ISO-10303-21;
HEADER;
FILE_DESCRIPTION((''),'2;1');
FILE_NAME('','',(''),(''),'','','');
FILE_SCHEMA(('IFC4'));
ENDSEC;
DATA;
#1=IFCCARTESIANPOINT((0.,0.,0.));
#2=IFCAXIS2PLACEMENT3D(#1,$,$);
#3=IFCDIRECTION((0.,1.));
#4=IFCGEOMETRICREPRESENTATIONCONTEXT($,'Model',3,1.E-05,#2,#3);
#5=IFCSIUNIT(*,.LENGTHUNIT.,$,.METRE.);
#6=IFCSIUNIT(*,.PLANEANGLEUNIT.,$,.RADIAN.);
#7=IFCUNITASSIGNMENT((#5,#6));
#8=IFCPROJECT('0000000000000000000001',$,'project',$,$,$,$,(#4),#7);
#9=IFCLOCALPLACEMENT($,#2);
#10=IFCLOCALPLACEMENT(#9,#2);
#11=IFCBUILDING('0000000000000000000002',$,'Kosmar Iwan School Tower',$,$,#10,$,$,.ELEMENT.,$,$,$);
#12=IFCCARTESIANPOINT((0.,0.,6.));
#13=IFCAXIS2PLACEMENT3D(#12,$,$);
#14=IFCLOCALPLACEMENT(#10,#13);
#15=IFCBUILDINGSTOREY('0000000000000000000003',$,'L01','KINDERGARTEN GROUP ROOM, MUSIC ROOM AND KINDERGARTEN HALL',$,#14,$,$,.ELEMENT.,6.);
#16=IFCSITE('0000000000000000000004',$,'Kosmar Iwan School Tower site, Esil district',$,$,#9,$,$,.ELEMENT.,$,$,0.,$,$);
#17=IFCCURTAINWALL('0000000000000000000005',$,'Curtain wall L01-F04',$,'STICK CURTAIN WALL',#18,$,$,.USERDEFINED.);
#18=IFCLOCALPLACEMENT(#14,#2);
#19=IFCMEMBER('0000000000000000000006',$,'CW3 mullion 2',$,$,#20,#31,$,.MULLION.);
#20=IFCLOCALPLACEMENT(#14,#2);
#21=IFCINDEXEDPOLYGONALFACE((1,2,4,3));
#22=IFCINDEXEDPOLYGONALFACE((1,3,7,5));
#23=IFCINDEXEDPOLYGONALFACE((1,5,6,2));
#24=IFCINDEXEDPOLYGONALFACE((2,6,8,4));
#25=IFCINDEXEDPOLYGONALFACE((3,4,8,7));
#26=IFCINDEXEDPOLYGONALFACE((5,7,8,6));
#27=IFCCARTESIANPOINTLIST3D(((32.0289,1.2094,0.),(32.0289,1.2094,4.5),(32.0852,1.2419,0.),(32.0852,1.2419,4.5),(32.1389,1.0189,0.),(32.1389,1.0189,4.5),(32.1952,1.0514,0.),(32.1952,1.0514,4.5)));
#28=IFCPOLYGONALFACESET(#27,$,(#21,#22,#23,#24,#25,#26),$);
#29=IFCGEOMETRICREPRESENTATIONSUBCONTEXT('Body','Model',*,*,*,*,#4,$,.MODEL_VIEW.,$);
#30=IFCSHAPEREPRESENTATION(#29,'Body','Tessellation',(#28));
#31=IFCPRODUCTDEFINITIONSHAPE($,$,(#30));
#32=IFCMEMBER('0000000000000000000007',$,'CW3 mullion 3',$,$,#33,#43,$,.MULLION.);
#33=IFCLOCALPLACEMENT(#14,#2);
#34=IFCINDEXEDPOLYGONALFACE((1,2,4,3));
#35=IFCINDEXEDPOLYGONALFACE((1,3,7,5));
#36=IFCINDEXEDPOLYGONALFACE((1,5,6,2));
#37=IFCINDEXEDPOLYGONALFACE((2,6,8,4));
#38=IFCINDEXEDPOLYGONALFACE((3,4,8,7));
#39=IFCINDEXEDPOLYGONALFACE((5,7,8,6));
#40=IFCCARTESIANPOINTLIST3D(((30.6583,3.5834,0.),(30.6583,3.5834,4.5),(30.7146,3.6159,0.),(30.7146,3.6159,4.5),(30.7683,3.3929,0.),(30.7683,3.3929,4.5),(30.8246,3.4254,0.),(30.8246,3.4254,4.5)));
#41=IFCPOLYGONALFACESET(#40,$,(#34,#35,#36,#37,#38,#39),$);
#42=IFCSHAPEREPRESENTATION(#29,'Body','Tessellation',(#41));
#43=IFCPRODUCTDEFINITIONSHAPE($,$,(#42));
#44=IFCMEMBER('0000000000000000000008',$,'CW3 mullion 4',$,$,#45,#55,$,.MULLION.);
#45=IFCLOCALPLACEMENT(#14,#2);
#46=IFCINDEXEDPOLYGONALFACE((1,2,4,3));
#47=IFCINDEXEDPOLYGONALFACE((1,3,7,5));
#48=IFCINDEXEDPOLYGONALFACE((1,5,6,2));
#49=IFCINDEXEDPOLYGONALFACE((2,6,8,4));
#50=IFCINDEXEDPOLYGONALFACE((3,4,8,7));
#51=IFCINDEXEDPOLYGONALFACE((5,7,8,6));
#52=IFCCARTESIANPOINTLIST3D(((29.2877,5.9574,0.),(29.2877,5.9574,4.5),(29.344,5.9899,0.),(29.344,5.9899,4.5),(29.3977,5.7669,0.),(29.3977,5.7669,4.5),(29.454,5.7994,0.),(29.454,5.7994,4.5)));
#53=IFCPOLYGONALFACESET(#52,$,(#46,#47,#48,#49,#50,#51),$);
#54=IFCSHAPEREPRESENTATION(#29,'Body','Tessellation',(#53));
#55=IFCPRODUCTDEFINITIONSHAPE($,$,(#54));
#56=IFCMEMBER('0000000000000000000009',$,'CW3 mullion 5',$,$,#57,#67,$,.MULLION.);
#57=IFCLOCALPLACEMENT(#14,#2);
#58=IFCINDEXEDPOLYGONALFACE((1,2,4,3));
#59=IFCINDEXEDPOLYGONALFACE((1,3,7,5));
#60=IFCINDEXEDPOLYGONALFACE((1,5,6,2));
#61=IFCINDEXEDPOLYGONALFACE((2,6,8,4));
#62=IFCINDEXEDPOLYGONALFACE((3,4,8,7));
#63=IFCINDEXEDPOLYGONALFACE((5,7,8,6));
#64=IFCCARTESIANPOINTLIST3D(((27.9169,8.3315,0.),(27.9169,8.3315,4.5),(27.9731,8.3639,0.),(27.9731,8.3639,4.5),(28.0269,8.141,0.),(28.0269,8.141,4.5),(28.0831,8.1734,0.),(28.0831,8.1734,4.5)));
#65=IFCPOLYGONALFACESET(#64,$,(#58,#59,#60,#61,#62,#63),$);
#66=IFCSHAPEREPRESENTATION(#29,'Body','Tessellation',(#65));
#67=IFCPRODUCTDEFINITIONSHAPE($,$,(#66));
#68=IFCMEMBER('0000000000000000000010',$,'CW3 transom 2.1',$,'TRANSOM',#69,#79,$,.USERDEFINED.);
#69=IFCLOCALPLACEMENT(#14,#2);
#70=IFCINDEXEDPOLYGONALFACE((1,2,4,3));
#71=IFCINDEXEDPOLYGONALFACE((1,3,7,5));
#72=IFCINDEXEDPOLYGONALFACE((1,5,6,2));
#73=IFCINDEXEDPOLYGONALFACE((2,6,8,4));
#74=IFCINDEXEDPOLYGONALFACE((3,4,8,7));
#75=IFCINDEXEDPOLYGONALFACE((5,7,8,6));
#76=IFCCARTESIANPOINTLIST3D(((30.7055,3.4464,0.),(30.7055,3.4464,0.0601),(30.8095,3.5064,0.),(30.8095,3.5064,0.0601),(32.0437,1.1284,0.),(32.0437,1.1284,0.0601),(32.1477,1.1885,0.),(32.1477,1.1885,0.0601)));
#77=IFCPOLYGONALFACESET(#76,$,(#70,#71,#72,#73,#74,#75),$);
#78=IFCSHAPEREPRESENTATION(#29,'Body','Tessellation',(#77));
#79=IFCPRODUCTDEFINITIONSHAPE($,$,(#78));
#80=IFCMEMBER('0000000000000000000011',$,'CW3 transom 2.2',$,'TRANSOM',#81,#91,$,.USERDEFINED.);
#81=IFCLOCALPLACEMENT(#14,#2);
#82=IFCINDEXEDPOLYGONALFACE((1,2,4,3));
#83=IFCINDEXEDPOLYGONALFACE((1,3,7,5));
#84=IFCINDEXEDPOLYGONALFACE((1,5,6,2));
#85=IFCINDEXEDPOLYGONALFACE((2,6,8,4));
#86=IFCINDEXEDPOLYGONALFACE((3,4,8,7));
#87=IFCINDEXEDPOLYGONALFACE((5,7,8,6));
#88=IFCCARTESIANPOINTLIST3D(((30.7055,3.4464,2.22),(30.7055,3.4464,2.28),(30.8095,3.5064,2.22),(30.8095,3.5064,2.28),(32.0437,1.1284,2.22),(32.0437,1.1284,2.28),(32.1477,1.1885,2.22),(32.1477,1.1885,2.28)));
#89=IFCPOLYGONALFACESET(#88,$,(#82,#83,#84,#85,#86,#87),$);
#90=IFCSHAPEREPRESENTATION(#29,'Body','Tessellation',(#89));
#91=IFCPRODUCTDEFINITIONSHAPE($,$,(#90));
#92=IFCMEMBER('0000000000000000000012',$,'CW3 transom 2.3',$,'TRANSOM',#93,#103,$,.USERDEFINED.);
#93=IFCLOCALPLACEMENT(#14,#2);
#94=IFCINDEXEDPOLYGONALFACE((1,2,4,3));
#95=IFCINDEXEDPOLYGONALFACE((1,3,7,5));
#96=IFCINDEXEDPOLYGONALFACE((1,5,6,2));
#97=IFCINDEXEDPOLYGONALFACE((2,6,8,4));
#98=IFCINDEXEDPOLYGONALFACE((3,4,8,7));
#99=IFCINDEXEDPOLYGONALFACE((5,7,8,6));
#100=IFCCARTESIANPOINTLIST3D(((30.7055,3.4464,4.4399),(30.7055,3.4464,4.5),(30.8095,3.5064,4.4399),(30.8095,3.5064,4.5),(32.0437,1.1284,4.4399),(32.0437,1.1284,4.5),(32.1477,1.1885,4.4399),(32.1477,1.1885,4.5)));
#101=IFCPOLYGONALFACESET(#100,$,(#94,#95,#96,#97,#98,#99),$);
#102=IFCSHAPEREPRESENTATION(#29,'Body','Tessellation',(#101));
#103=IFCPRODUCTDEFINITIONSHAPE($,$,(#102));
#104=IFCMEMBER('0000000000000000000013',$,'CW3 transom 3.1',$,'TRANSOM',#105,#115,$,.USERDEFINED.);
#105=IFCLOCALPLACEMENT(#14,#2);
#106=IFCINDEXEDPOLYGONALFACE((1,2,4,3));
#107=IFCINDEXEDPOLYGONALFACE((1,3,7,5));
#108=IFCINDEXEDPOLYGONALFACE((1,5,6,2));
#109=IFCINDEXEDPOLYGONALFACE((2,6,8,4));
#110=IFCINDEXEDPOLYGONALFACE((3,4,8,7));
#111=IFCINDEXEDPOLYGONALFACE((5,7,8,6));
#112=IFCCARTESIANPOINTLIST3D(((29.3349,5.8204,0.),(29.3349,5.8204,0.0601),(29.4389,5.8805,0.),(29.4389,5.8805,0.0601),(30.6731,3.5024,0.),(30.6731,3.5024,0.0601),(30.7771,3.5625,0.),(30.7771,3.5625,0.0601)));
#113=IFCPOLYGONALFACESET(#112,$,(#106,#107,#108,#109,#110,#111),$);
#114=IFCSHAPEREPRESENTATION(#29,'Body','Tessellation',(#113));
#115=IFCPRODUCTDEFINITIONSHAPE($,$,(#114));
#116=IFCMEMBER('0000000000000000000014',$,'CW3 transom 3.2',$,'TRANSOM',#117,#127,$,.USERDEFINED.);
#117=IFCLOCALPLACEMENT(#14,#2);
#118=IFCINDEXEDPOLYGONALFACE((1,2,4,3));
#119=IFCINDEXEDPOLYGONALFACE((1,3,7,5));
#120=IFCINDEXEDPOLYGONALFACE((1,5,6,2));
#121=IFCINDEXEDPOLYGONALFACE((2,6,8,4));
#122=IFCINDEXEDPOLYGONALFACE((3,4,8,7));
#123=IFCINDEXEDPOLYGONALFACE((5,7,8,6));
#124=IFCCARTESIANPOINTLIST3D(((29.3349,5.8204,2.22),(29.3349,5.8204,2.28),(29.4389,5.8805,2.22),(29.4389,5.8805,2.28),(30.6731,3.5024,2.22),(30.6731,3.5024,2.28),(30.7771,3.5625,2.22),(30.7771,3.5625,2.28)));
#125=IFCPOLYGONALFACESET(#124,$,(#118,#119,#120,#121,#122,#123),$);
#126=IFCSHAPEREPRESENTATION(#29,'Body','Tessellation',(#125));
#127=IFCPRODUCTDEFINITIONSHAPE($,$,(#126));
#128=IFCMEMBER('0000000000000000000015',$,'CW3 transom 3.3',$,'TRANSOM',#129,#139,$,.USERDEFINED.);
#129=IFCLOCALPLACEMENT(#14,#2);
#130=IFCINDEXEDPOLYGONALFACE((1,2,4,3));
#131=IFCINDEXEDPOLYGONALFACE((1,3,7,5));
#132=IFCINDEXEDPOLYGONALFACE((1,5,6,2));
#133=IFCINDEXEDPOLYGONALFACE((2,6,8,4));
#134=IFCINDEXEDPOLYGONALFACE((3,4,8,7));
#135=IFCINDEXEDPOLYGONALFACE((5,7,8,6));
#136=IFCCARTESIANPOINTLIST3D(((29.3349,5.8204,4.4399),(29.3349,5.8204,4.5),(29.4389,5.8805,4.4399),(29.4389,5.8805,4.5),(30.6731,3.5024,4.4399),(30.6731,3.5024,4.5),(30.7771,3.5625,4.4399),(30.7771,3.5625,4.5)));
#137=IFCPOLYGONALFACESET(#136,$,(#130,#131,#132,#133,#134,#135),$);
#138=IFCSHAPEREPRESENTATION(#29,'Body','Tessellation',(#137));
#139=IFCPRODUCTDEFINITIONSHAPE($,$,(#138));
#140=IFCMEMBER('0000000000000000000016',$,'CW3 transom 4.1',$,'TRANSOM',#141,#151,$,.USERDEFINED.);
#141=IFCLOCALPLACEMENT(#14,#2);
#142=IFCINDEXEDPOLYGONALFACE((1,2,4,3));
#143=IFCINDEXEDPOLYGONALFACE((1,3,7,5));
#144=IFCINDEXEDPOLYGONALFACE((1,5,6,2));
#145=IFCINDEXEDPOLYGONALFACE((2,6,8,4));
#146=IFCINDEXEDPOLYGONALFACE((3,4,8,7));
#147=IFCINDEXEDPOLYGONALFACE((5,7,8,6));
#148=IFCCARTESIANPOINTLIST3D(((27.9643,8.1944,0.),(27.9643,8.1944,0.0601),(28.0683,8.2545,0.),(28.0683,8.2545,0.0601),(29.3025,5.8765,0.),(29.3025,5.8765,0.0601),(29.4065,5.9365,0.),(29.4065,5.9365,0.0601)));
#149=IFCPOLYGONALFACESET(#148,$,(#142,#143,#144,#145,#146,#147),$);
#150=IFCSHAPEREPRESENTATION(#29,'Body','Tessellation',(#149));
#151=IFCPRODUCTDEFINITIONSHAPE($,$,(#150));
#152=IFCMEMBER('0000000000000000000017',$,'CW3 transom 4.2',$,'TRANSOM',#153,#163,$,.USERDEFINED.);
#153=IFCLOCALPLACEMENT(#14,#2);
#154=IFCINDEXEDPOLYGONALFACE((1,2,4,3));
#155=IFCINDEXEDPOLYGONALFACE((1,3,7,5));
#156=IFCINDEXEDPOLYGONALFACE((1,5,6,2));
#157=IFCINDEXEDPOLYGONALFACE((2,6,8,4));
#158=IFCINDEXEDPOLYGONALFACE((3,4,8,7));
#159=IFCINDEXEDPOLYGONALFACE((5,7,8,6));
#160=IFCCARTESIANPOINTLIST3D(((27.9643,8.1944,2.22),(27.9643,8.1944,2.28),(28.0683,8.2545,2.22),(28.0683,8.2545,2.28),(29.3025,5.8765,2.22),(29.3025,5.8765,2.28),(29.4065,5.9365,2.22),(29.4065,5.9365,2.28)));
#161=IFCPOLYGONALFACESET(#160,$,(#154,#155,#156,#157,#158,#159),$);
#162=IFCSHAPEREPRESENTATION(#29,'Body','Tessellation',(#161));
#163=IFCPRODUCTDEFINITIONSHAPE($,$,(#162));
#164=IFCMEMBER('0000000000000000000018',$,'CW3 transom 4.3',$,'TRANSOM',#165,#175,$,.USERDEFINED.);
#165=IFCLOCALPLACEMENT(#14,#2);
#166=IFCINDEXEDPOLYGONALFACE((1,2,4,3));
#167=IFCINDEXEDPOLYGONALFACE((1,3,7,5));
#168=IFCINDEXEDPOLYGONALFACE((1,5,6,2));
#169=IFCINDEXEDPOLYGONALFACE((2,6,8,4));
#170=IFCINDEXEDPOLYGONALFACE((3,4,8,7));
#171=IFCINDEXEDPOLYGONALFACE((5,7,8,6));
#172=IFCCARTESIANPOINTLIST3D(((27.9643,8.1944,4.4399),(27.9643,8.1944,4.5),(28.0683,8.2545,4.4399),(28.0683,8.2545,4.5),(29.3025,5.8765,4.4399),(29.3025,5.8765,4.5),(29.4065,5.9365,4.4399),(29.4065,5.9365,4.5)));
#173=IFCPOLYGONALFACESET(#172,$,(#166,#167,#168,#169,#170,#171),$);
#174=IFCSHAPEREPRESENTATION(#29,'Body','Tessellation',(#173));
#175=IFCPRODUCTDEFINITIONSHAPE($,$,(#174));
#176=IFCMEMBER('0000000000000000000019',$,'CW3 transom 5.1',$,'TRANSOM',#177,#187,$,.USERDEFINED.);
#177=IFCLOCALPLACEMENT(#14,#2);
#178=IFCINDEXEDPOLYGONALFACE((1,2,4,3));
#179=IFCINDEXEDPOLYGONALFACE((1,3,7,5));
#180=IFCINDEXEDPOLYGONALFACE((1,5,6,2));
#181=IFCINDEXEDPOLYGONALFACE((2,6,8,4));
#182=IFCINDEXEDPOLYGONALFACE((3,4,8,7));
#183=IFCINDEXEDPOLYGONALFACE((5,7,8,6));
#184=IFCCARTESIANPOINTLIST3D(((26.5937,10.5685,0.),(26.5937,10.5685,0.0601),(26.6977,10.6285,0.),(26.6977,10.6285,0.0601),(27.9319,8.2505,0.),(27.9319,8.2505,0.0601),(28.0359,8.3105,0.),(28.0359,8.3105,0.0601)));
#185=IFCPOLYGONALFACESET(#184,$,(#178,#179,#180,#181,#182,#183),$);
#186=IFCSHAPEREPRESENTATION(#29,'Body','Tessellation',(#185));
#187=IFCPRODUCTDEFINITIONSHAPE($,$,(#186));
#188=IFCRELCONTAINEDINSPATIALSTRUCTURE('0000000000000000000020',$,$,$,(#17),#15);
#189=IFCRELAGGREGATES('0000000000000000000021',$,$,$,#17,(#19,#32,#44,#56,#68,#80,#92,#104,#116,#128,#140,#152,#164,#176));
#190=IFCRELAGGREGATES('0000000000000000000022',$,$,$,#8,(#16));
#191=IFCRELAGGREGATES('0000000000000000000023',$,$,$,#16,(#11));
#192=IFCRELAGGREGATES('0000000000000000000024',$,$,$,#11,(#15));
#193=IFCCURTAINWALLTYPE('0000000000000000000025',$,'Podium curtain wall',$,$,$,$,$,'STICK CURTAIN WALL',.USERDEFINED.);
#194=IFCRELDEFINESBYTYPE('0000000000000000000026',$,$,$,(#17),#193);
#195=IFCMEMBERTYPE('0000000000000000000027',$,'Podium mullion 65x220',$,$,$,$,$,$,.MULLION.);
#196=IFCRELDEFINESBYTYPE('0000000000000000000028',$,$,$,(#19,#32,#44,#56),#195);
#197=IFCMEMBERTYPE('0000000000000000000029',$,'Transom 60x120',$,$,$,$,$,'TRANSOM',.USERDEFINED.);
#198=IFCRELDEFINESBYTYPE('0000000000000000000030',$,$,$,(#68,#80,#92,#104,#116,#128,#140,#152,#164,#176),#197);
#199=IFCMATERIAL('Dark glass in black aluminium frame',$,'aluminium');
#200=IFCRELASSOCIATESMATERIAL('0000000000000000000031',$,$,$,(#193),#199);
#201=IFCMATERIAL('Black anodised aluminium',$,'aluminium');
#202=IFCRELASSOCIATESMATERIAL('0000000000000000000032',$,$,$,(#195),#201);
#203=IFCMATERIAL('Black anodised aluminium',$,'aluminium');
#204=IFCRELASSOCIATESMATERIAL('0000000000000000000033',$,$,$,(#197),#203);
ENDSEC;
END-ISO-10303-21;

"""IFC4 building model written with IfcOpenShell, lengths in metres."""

from ifc_helpers import new_model, si_unit, direction, frame, origin, origin_2d, place, context, subcontext, project, spatial, rectangle, extrude, material, material_profile, profile_set, type_object, element, aggregate, save


model = new_model("IFC4")

# Units and contexts
model_context = context("Model", 3, precision=1e-05, world=origin(), true_north=direction((0.0, 1.0)))
body_context = subcontext(model_context, "Body", "Model", "MODEL_VIEW")
ifc_project = project(units=[si_unit("LENGTHUNIT", "METRE"), si_unit("PLANEANGLEUNIT", "RADIAN")], contexts=[model_context])

# Site, building, storey
site_placement = place(None, origin())
site = spatial("IfcSite", under=ifc_project, at=site_placement, Name="Kosmar Iwan School Tower site, Esil district", CompositionType="ELEMENT", RefElevation=0.0)
building_placement = place(site_placement, origin())
building = spatial("IfcBuilding", under=site, at=building_placement, Name="Kosmar Iwan School Tower", CompositionType="ELEMENT")
storey_placement = place(building_placement, frame((0.0, 0.0, 6.0)))
storey = spatial("IfcBuildingStorey", under=building, at=storey_placement, Name="L01", Description="KINDERGARTEN GROUP ROOM, MUSIC ROOM AND KINDERGARTEN HALL", CompositionType="ELEMENT", Elevation=6.0)

# Curtain wall, members
ifc_material_1 = material(Name="Dark glass in black aluminium frame", Category="aluminium")
curtain_wall_type = type_object("IfcCurtainWallType", Name="Podium curtain wall", ElementType="STICK CURTAIN WALL", PredefinedType="USERDEFINED", material=ifc_material_1)
curtain_wall_placement = place(storey_placement, origin())
curtain_wall = element("IfcCurtainWall", 1, at=curtain_wall_placement, inside=storey, type_object=curtain_wall_type, Name="Curtain wall L01-F04", ObjectType="STICK CURTAIN WALL", PredefinedType="USERDEFINED")
ifc_material_2 = material(Name="Black anodised aluminium", Category="aluminium")
ifc_material_profile_1 = material_profile(ifc_material_2, rectangle(XDim=0.0649, YDim=0.22, at=origin_2d()), Name="MULLION 65x220")
ifc_profile_set_1 = profile_set([ifc_material_profile_1], Name="Black anodised aluminium")
member_type_1 = type_object("IfcMemberType", Name="Podium mullion 65x220", PredefinedType="MULLION", material=ifc_profile_set_1)
member_1_placement = place(storey_placement, frame((32.1121, 1.1304, 0.0), z_axis=(0.0, 0.0, 1.0), x_axis=(-0.866025, -0.5, 0.0)))
member_1 = element("IfcMember", 2, at=member_1_placement, type_object=member_type_1, Name="CW3 mullion 2", PredefinedType="MULLION", context=body_context, shape_type="SweptSolid", body=[
    extrude(rectangle(XDim=0.0649, YDim=0.22, at=origin_2d()), origin(), (0.0, 0.0, 1.0), 4.5),
])
member_2_placement = place(storey_placement, frame((30.7415, 3.5044, 0.0), z_axis=(0.0, 0.0, 1.0), x_axis=(-0.866025, -0.5, 0.0)))
member_2 = element("IfcMember", 3, at=member_2_placement, type_object=member_type_1, Name="CW3 mullion 3", PredefinedType="MULLION", context=body_context, shape_type="SweptSolid", body=[
    extrude(rectangle(XDim=0.0649, YDim=0.22, at=origin_2d()), origin(), (0.0, 0.0, 1.0), 4.5),
])
member_3_placement = place(storey_placement, frame((29.3708, 5.8784, 0.0), z_axis=(0.0, 0.0, 1.0), x_axis=(-0.866025, -0.5, 0.0)))
member_3 = element("IfcMember", 4, at=member_3_placement, type_object=member_type_1, Name="CW3 mullion 4", PredefinedType="MULLION", context=body_context, shape_type="SweptSolid", body=[
    extrude(rectangle(XDim=0.0649, YDim=0.22, at=origin_2d()), origin(), (0.0, 0.0, 1.0), 4.5),
])
member_4_placement = place(storey_placement, frame((28.0, 8.2524, 0.0), z_axis=(0.0, 0.0, 1.0), x_axis=(-0.866025, -0.5, 0.0)))
member_4 = element("IfcMember", 5, at=member_4_placement, type_object=member_type_1, Name="CW3 mullion 5", PredefinedType="MULLION", context=body_context, shape_type="SweptSolid", body=[
    extrude(rectangle(XDim=0.0649, YDim=0.22, at=origin_2d()), origin(), (0.0, 0.0, 1.0), 4.5),
])
ifc_material_3 = material(Name="Black anodised aluminium", Category="aluminium")
ifc_material_profile_2 = material_profile(ifc_material_3, rectangle(XDim=0.1201, YDim=0.0601, at=origin_2d()), Name="TRANSOM 60x120")
ifc_profile_set_2 = profile_set([ifc_material_profile_2], Name="Black anodised aluminium")
member_type_2 = type_object("IfcMemberType", Name="Transom 60x120", ElementType="TRANSOM", PredefinedType="USERDEFINED", material=ifc_profile_set_2)
member_5_placement = place(storey_placement, frame((32.0957, 1.1584, 0.03), z_axis=(-0.499975, 0.86604, 0.0), x_axis=(-0.86604, -0.499975, 0.0)))
member_5 = element("IfcMember", 6, at=member_5_placement, type_object=member_type_2, Name="CW3 transom 2.1", ObjectType="TRANSOM", PredefinedType="USERDEFINED", context=body_context, shape_type="SweptSolid", body=[
    extrude(rectangle(XDim=0.1201, YDim=0.0601, at=origin_2d()), origin(), (0.0, 0.0, 1.0), 2.6765),
])
member_6_placement = place(storey_placement, frame((32.0957, 1.1584, 2.25), z_axis=(-0.499975, 0.86604, 0.0), x_axis=(-0.86604, -0.499975, 0.0)))
member_6 = element("IfcMember", 7, at=member_6_placement, type_object=member_type_2, Name="CW3 transom 2.2", ObjectType="TRANSOM", PredefinedType="USERDEFINED", context=body_context, shape_type="SweptSolid", body=[
    extrude(rectangle(XDim=0.1201, YDim=0.0601, at=origin_2d()), origin(), (0.0, 0.0, 1.0), 2.6765),
])
member_7_placement = place(storey_placement, frame((32.0957, 1.1584, 4.47), z_axis=(-0.499975, 0.86604, 0.0), x_axis=(-0.86604, -0.499975, 0.0)))
member_7 = element("IfcMember", 8, at=member_7_placement, type_object=member_type_2, Name="CW3 transom 2.3", ObjectType="TRANSOM", PredefinedType="USERDEFINED", context=body_context, shape_type="SweptSolid", body=[
    extrude(rectangle(XDim=0.1201, YDim=0.0601, at=origin_2d()), origin(), (0.0, 0.0, 1.0), 2.6765),
])
member_8_placement = place(storey_placement, frame((30.7251, 3.5325, 0.03), z_axis=(-0.499975, 0.86604, 0.0), x_axis=(-0.86604, -0.499975, 0.0)))
member_8 = element("IfcMember", 9, at=member_8_placement, type_object=member_type_2, Name="CW3 transom 3.1", ObjectType="TRANSOM", PredefinedType="USERDEFINED", context=body_context, shape_type="SweptSolid", body=[
    extrude(rectangle(XDim=0.1201, YDim=0.0601, at=origin_2d()), origin(), (0.0, 0.0, 1.0), 2.6765),
])
member_9_placement = place(storey_placement, frame((30.7251, 3.5325, 2.25), z_axis=(-0.499975, 0.86604, 0.0), x_axis=(-0.86604, -0.499975, 0.0)))
member_9 = element("IfcMember", 10, at=member_9_placement, type_object=member_type_2, Name="CW3 transom 3.2", ObjectType="TRANSOM", PredefinedType="USERDEFINED", context=body_context, shape_type="SweptSolid", body=[
    extrude(rectangle(XDim=0.1201, YDim=0.0601, at=origin_2d()), origin(), (0.0, 0.0, 1.0), 2.6765),
])
member_10_placement = place(storey_placement, frame((30.7251, 3.5325, 4.47), z_axis=(-0.499975, 0.86604, 0.0), x_axis=(-0.86604, -0.499975, 0.0)))
member_10 = element("IfcMember", 11, at=member_10_placement, type_object=member_type_2, Name="CW3 transom 3.3", ObjectType="TRANSOM", PredefinedType="USERDEFINED", context=body_context, shape_type="SweptSolid", body=[
    extrude(rectangle(XDim=0.1201, YDim=0.0601, at=origin_2d()), origin(), (0.0, 0.0, 1.0), 2.6765),
])
member_11_placement = place(storey_placement, frame((29.3545, 5.9065, 0.03), z_axis=(-0.499975, 0.86604, 0.0), x_axis=(-0.86604, -0.499975, 0.0)))
member_11 = element("IfcMember", 12, at=member_11_placement, type_object=member_type_2, Name="CW3 transom 4.1", ObjectType="TRANSOM", PredefinedType="USERDEFINED", context=body_context, shape_type="SweptSolid", body=[
    extrude(rectangle(XDim=0.1201, YDim=0.0601, at=origin_2d()), origin(), (0.0, 0.0, 1.0), 2.6765),
])
member_12_placement = place(storey_placement, frame((29.3545, 5.9065, 2.25), z_axis=(-0.499975, 0.86604, 0.0), x_axis=(-0.86604, -0.499975, 0.0)))
member_12 = element("IfcMember", 13, at=member_12_placement, type_object=member_type_2, Name="CW3 transom 4.2", ObjectType="TRANSOM", PredefinedType="USERDEFINED", context=body_context, shape_type="SweptSolid", body=[
    extrude(rectangle(XDim=0.1201, YDim=0.0601, at=origin_2d()), origin(), (0.0, 0.0, 1.0), 2.6765),
])
member_13_placement = place(storey_placement, frame((29.3545, 5.9065, 4.47), z_axis=(-0.499975, 0.86604, 0.0), x_axis=(-0.86604, -0.499975, 0.0)))
member_13 = element("IfcMember", 14, at=member_13_placement, type_object=member_type_2, Name="CW3 transom 4.3", ObjectType="TRANSOM", PredefinedType="USERDEFINED", context=body_context, shape_type="SweptSolid", body=[
    extrude(rectangle(XDim=0.1201, YDim=0.0601, at=origin_2d()), origin(), (0.0, 0.0, 1.0), 2.6765),
])
member_14_placement = place(storey_placement, frame((27.9839, 8.2805, 0.03), z_axis=(-0.499975, 0.86604, 0.0), x_axis=(-0.86604, -0.499975, 0.0)))
member_14 = element("IfcMember", 15, at=member_14_placement, type_object=member_type_2, Name="CW3 transom 5.1", ObjectType="TRANSOM", PredefinedType="USERDEFINED", context=body_context, shape_type="SweptSolid", body=[
    extrude(rectangle(XDim=0.1201, YDim=0.0601, at=origin_2d()), origin(), (0.0, 0.0, 1.0), 2.6765),
])
aggregate(curtain_wall, [member_1, member_2, member_3, member_4, member_5, member_6, member_7, member_8, member_9, member_10, member_11, member_12, member_13, member_14])

save(model, "model.ifc")
